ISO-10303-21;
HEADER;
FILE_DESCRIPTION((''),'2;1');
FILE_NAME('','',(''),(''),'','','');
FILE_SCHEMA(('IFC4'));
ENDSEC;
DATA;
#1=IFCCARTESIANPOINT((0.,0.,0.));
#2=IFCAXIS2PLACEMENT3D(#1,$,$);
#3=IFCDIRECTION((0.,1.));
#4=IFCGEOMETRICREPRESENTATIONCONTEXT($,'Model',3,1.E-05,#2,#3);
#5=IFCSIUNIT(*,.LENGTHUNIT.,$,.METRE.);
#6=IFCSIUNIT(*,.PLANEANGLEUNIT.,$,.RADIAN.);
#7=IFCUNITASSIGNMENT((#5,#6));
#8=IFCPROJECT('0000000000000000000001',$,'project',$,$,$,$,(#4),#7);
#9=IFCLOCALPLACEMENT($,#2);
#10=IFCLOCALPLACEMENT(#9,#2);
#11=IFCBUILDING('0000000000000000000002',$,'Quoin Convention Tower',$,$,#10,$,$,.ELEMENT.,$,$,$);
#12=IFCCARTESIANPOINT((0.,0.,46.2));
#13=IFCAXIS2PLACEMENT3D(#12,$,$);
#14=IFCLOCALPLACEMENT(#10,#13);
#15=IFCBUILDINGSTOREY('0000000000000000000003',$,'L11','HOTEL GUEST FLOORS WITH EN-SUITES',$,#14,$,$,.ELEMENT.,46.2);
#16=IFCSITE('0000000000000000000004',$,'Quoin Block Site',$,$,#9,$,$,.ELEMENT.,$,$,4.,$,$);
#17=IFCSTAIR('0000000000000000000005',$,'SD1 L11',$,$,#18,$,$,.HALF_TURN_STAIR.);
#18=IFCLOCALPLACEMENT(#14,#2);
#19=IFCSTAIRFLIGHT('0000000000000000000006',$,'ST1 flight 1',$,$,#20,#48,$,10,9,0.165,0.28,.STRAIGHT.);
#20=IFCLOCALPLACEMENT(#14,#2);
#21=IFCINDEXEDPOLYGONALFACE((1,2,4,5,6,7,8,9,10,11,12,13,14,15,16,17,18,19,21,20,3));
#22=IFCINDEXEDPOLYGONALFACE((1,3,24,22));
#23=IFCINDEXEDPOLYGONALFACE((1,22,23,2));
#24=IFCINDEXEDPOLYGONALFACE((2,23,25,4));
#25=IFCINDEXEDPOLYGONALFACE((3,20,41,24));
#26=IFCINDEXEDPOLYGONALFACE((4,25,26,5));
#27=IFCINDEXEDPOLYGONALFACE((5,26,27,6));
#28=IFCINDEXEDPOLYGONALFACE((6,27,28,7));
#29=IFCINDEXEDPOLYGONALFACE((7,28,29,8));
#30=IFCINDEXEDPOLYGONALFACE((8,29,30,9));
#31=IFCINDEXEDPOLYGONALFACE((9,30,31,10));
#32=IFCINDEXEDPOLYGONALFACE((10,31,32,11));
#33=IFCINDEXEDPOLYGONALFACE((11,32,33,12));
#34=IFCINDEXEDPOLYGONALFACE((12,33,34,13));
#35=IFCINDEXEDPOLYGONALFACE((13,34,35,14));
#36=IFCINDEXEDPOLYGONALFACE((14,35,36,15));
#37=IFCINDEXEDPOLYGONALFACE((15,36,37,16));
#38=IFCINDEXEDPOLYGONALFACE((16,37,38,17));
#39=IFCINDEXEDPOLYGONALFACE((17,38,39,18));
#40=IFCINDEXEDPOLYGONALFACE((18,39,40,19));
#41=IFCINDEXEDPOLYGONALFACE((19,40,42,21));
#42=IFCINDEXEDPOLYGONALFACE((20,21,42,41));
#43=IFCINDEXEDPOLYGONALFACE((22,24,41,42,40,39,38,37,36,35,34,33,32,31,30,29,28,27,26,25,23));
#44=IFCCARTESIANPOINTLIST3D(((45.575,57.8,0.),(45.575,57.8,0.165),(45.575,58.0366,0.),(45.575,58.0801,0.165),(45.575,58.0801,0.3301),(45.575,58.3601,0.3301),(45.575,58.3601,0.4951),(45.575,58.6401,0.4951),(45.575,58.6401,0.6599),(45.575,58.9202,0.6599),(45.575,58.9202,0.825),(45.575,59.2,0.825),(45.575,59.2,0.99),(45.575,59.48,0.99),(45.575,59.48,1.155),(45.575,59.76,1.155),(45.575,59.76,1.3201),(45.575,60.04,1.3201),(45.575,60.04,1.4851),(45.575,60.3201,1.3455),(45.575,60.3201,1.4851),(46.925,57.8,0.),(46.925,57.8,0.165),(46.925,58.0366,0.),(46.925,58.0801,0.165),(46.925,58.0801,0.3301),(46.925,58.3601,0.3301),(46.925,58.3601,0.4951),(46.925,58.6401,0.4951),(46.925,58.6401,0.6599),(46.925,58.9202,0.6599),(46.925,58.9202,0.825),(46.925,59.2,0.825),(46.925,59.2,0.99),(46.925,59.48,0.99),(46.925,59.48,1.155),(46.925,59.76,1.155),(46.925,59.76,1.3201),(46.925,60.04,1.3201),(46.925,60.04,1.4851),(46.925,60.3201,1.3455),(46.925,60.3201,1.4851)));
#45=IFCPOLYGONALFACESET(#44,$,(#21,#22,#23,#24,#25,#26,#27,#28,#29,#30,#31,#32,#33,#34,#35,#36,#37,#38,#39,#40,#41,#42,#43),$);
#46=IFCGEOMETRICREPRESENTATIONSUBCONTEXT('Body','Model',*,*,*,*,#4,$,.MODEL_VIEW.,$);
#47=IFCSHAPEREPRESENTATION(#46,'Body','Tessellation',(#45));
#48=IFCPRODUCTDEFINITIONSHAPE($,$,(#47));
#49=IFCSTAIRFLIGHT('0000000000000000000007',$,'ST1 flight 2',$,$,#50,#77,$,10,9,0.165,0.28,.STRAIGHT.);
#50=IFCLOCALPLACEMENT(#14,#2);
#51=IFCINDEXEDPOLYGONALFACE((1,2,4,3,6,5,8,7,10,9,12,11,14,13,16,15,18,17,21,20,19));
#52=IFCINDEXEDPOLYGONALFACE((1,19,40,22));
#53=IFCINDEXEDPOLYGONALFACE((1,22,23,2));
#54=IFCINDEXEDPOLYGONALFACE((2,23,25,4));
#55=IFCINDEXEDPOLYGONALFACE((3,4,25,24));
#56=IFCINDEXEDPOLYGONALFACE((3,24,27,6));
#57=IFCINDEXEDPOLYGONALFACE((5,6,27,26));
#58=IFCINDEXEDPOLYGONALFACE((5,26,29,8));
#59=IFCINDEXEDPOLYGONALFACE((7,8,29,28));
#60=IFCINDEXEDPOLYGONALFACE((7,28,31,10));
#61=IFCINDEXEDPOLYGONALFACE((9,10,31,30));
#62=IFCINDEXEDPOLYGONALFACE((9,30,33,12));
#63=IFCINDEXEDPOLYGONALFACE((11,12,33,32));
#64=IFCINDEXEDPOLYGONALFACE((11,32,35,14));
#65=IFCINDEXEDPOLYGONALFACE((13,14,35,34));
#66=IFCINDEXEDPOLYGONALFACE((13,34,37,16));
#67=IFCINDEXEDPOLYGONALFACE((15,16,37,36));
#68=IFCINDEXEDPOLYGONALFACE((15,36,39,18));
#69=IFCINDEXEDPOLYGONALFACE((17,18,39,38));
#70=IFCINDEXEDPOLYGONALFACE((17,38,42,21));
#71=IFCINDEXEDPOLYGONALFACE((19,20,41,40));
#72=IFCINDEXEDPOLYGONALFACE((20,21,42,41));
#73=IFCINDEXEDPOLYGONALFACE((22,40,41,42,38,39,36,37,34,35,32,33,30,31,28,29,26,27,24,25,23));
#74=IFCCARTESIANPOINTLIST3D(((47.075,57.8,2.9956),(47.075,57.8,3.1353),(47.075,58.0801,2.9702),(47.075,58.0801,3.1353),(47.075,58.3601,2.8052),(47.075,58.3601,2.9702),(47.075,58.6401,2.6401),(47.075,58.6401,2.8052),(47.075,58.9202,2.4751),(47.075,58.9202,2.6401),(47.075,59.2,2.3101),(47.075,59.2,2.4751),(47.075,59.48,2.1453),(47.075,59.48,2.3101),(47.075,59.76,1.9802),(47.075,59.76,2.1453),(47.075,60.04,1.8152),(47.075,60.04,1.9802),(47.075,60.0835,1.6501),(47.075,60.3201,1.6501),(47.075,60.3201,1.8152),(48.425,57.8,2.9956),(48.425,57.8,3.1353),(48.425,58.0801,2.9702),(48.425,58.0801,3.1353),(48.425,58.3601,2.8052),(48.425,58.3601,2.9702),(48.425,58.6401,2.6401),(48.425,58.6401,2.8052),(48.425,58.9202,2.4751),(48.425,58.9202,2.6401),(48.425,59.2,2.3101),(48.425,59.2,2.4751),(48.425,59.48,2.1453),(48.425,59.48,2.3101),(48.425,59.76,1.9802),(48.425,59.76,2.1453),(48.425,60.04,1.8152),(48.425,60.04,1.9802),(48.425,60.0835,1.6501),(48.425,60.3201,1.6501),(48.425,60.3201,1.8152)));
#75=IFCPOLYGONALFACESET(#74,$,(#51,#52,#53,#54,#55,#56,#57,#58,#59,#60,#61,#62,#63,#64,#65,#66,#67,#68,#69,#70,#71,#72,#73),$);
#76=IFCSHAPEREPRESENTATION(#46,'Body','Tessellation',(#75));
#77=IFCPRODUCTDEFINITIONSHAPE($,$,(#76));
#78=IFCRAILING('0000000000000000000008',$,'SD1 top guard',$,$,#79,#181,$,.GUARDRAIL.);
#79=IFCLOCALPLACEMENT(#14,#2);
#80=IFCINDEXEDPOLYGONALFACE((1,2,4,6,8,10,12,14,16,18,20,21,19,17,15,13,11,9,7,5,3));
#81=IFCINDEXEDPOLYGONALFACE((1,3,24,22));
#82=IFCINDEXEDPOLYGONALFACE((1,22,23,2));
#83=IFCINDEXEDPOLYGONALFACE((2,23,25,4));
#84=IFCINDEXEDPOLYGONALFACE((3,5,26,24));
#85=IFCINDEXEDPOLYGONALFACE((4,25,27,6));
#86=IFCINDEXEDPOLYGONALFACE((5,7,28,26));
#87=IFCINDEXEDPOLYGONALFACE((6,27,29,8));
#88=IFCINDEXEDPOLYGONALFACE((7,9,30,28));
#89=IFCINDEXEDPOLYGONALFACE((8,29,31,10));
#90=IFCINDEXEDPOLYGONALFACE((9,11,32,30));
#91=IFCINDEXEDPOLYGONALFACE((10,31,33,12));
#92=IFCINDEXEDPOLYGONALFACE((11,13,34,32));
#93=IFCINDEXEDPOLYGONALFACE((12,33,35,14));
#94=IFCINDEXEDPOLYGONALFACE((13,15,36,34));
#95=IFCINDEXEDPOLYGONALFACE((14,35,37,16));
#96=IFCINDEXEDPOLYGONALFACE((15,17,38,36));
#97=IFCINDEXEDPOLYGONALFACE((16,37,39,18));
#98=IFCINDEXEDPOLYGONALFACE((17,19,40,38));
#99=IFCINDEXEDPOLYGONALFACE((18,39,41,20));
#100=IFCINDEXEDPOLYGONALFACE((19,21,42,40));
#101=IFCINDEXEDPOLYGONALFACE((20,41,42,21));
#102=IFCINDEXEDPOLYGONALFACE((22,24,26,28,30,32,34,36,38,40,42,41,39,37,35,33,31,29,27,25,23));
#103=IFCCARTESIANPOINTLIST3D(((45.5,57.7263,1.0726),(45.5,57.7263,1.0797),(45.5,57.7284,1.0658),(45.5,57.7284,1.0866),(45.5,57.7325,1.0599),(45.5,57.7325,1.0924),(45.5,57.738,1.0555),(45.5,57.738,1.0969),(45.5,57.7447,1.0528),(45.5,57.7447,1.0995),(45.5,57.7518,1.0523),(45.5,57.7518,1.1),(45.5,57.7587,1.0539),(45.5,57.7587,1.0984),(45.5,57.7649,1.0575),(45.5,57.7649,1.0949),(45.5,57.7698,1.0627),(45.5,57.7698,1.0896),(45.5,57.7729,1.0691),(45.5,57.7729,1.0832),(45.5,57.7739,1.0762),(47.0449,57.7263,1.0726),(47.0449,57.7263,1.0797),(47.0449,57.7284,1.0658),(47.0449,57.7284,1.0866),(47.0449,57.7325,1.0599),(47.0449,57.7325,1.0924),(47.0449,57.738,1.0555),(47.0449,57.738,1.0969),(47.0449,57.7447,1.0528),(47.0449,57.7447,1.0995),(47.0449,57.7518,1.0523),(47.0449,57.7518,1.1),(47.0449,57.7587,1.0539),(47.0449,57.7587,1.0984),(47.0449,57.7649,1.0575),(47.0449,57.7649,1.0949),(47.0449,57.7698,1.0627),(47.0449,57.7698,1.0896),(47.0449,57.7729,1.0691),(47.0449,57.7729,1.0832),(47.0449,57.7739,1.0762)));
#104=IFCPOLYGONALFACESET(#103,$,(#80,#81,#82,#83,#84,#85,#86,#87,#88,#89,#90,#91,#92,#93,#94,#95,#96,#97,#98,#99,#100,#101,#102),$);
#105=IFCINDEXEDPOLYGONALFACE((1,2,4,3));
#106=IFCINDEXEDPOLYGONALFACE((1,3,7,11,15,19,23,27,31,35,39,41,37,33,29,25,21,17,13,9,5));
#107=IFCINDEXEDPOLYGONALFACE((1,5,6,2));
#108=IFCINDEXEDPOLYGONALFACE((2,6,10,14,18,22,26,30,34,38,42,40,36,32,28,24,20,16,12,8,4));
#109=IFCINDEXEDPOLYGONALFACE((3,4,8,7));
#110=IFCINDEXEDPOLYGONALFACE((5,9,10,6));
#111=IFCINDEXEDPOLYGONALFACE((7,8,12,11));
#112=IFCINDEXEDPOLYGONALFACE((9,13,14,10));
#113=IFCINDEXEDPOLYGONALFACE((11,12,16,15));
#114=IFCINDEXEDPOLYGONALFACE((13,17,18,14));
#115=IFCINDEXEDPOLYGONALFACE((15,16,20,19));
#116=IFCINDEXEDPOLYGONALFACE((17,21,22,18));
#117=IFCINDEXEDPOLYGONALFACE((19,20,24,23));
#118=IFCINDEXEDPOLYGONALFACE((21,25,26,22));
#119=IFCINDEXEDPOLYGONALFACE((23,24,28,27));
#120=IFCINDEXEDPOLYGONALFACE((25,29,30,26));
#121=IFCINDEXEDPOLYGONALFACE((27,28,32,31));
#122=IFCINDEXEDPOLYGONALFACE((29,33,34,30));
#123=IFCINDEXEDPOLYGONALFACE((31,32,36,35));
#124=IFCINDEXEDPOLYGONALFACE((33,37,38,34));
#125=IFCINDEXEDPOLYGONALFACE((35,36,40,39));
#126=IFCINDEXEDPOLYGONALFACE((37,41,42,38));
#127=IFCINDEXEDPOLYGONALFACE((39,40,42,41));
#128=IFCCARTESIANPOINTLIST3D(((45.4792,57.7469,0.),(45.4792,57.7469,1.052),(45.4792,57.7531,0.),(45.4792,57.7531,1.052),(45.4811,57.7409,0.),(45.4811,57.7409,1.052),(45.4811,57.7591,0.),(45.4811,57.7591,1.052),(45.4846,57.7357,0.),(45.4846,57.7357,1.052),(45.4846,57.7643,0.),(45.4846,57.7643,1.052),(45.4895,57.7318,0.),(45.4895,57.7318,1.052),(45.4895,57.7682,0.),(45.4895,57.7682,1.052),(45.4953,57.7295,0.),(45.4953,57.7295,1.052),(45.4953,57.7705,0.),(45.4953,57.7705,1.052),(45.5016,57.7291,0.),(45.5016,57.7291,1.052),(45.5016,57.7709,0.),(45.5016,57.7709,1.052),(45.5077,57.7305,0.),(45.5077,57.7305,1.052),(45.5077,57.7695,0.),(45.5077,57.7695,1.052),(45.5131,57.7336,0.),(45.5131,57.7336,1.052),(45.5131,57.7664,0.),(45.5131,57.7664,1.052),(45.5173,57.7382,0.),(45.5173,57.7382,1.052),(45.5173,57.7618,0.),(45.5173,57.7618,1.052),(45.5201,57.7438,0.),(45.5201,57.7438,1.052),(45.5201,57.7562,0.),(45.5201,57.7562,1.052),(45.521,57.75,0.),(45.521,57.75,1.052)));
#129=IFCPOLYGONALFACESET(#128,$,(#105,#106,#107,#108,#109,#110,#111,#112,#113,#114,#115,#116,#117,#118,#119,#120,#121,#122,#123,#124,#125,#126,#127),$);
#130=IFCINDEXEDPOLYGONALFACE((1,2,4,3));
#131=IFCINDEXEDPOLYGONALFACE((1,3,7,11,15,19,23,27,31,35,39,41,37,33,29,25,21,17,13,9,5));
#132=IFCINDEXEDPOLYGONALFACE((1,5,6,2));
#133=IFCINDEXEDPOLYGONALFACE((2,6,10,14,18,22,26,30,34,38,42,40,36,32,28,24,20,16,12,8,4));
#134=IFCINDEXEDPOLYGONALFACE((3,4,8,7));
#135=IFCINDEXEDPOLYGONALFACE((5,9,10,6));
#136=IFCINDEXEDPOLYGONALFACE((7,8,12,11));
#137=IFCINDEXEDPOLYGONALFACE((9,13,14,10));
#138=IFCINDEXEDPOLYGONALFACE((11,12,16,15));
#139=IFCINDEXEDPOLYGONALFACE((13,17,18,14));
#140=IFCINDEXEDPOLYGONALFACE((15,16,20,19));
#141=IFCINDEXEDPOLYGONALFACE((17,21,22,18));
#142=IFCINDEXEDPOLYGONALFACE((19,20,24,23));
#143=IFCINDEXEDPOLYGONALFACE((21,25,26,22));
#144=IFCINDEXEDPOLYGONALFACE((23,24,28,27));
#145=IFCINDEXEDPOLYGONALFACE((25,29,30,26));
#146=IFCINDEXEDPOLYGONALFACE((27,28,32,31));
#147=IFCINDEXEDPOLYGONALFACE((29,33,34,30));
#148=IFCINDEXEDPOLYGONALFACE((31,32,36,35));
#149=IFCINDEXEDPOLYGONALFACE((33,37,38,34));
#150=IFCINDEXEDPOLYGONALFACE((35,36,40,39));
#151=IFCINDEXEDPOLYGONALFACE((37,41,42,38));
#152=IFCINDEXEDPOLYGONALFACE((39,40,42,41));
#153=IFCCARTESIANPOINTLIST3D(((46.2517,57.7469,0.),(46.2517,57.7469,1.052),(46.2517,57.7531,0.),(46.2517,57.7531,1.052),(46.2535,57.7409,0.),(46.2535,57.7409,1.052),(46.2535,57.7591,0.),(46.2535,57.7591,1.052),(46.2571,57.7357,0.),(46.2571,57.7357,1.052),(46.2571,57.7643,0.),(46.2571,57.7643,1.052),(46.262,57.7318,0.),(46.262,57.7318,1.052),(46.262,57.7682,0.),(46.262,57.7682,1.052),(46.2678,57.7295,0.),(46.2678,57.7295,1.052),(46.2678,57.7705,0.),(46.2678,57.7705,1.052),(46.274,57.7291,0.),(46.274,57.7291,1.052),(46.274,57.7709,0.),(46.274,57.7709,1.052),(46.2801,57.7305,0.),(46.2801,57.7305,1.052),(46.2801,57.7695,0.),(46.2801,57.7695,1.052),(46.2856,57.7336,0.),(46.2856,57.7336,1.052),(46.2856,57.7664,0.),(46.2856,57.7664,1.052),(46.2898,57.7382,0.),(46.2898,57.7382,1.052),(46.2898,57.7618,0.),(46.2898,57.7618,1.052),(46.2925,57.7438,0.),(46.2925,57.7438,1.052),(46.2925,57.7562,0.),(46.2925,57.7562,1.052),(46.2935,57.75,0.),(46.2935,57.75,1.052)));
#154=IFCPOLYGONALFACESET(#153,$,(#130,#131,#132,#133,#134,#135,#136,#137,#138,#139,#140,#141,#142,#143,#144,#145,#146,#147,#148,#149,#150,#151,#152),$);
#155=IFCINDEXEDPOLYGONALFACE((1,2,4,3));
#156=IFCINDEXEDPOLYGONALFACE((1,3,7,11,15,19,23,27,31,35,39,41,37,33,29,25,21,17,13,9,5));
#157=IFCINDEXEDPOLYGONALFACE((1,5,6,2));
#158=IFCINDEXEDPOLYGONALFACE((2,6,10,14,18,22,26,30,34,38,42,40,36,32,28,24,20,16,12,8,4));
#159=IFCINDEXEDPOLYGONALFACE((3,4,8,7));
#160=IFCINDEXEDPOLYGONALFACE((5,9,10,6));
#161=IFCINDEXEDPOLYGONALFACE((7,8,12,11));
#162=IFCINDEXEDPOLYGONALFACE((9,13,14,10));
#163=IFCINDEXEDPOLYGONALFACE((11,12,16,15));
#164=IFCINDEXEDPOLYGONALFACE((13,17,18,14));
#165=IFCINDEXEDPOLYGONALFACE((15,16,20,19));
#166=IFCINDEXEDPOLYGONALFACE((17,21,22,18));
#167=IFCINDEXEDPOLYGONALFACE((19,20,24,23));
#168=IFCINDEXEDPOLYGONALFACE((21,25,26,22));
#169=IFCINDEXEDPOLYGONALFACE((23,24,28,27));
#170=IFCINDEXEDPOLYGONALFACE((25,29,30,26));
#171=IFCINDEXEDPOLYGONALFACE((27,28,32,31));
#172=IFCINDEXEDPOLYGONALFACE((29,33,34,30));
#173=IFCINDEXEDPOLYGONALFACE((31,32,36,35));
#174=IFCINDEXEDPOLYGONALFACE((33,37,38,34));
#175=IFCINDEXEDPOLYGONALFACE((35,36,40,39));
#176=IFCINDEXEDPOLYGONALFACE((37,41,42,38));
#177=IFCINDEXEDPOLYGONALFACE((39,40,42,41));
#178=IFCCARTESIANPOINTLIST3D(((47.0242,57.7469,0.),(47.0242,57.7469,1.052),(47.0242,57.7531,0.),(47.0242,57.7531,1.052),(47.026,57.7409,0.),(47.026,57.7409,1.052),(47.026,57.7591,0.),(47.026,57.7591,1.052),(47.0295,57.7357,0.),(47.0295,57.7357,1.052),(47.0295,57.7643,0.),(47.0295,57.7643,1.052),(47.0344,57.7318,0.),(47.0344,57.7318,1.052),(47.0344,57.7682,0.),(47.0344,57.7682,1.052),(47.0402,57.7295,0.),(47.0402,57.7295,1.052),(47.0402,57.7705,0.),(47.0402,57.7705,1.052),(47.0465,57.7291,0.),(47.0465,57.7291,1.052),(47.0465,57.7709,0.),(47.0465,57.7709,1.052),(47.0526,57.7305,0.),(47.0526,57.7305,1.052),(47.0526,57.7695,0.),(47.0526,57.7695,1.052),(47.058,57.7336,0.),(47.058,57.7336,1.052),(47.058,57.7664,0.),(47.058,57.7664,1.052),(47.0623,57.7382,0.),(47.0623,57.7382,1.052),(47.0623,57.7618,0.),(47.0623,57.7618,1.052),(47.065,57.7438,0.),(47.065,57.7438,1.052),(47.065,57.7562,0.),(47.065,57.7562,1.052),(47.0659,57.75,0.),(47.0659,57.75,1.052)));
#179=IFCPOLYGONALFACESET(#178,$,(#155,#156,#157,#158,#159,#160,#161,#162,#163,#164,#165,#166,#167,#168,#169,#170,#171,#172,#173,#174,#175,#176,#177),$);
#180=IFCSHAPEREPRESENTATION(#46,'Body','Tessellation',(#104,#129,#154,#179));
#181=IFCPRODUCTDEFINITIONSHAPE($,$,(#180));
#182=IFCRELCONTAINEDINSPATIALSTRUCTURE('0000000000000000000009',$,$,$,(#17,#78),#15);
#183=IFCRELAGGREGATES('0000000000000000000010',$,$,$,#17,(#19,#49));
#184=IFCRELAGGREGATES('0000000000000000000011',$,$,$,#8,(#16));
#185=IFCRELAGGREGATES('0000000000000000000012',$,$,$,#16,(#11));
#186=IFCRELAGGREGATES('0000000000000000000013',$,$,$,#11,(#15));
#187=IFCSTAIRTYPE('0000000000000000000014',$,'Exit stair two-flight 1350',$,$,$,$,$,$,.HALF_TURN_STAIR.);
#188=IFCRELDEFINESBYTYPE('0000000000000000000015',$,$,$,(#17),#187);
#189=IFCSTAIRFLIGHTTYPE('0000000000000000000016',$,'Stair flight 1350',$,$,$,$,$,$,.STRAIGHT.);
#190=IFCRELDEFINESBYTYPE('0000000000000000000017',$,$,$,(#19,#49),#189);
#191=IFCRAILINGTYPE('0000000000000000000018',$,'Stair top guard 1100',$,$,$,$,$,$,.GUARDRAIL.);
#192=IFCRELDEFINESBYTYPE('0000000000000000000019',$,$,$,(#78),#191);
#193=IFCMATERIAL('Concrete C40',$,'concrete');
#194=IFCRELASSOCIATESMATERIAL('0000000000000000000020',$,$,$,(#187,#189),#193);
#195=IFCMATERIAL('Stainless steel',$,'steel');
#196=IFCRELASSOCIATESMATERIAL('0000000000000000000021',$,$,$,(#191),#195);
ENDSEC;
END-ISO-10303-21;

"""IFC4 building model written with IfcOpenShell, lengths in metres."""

from ifc_helpers import new_model, si_unit, direction, frame, origin, origin_2d, place, context, subcontext, project, spatial, polyline, circle, outline, extrude, material, type_object, element, aggregate, save


model = new_model("IFC4")

# Units and contexts
model_context = context("Model", 3, precision=1e-05, world=origin(), true_north=direction((0.0, 1.0)))
body_context = subcontext(model_context, "Body", "Model", "MODEL_VIEW")
ifc_project = project(units=[si_unit("LENGTHUNIT", "METRE"), si_unit("PLANEANGLEUNIT", "RADIAN")], contexts=[model_context])

# Site, building, storey
site_placement = place(None, origin())
site = spatial("IfcSite", under=ifc_project, at=site_placement, Name="Quoin Block Site", CompositionType="ELEMENT", RefElevation=4.0)
building_placement = place(site_placement, origin())
building = spatial("IfcBuilding", under=site, at=building_placement, Name="Quoin Convention Tower", CompositionType="ELEMENT")
storey_placement = place(building_placement, frame((0.0, 0.0, 46.2)))
storey = spatial("IfcBuildingStorey", under=building, at=storey_placement, Name="L11", Description="HOTEL GUEST FLOORS WITH EN-SUITES", CompositionType="ELEMENT", Elevation=46.2)

# Stair, stair flights
ifc_material_1 = material(Name="Concrete C40", Category="concrete")
stair_type = type_object("IfcStairType", Name="Exit stair two-flight 1350", PredefinedType="HALF_TURN_STAIR", material=ifc_material_1)
stair_placement = place(storey_placement, origin())
stair = element("IfcStair", 1, at=stair_placement, inside=storey, type_object=stair_type, Name="SD1 L11", PredefinedType="HALF_TURN_STAIR")
stair_flight_type = type_object("IfcStairFlightType", Name="Stair flight 1350", PredefinedType="STRAIGHT", material=ifc_material_1)
stair_flight_1_placement = place(storey_placement, frame((46.25, 57.8, 0.0), z_axis=(0.0, 0.0, 1.0), x_axis=(0.0, 1.0, 0.0)))
stair_flight_1 = element("IfcStairFlight", 2, at=stair_flight_1_placement, type_object=stair_flight_type, Name="ST1 flight 1", NumberOfRisers=10, NumberOfTreads=9, PredefinedType="STRAIGHT", RiserHeight=0.165, TreadLength=0.28, context=body_context, shape_type="SweptSolid", body=[
    extrude(outline(polyline([(0.0, 0.0), (0.0, 0.165), (0.28, 0.165), (0.28, 0.3301), (0.5601, 0.3301), (0.5601, 0.4951), (0.8401, 0.4951), (0.8401, 0.6599), (1.1201, 0.6599), (1.1201, 0.825), (1.3999, 0.825), (1.3999, 0.99), (1.6799, 0.99), (1.6799, 1.155), (1.96, 1.155), (1.96, 1.3201), (2.24, 1.3201), (2.24, 1.4851), (2.52, 1.4851), (2.52, 1.6499), (2.52, 1.3455), (0.2366, 0.0), (0.0, 0.0)])), frame((0.0, 0.675, 0.0), z_axis=(0.0, -1.0, 0.0), x_axis=(1.0, 0.0, 0.0)), (0.0, 0.0, 1.0), 1.3501),
])
stair_flight_2_placement = place(storey_placement, frame((47.75, 60.3201, 1.6501), z_axis=(0.0, 0.0, 1.0), x_axis=(0.0, -1.0, 0.0)))
stair_flight_2 = element("IfcStairFlight", 3, at=stair_flight_2_placement, type_object=stair_flight_type, Name="ST1 flight 2", NumberOfRisers=10, NumberOfTreads=9, PredefinedType="STRAIGHT", RiserHeight=0.165, TreadLength=0.28, context=body_context, shape_type="SweptSolid", body=[
    extrude(outline(polyline([(0.0, 0.0), (0.0, 0.165), (0.28, 0.165), (0.28, 0.3301), (0.5601, 0.3301), (0.5601, 0.4951), (0.8401, 0.4951), (0.8401, 0.6599), (1.1201, 0.6599), (1.1201, 0.825), (1.3999, 0.825), (1.3999, 0.99), (1.6799, 0.99), (1.6799, 1.155), (1.96, 1.155), (1.96, 1.3201), (2.24, 1.3201), (2.24, 1.4851), (2.52, 1.4851), (2.52, 1.6499), (2.52, 1.3455), (0.2366, 0.0), (0.0, 0.0)])), frame((0.0, 0.675, 0.0), z_axis=(0.0, -1.0, 0.0), x_axis=(1.0, 0.0, 0.0)), (0.0, 0.0, 1.0), 1.3501),
])
aggregate(stair, [stair_flight_1, stair_flight_2])

# Railing
ifc_material_2 = material(Name="Stainless steel", Category="steel")
railing_type_1 = type_object("IfcRailingType", Name="Stair top guard 1100", PredefinedType="GUARDRAIL", material=ifc_material_2)
railing_1_placement = place(storey_placement, frame((45.5, 57.75, 0.0)))
element("IfcRailing", 4, at=railing_1_placement, inside=storey, type_object=railing_type_1, Name="SD1 top guard", PredefinedType="GUARDRAIL", context=body_context, shape_type="SweptSolid", body=[
    extrude(circle(Radius=0.0239, at=origin_2d()), frame((0.0, 0.0, 1.0762), z_axis=(1.0, 0.0, 0.0), x_axis=(0.0, 1.0, 0.0)), (0.0, 0.0, 1.0), 1.5449),
    extrude(circle(Radius=0.021, at=origin_2d()), origin(), (0.0, 0.0, 1.0), 1.052),
    extrude(circle(Radius=0.021, at=origin_2d()), frame((0.7725, 0.0, 0.0)), (0.0, 0.0, 1.0), 1.052),
    extrude(circle(Radius=0.021, at=origin_2d()), frame((1.5449, 0.0, 0.0)), (0.0, 0.0, 1.0), 1.052),
])

save(model, "model.ifc")
